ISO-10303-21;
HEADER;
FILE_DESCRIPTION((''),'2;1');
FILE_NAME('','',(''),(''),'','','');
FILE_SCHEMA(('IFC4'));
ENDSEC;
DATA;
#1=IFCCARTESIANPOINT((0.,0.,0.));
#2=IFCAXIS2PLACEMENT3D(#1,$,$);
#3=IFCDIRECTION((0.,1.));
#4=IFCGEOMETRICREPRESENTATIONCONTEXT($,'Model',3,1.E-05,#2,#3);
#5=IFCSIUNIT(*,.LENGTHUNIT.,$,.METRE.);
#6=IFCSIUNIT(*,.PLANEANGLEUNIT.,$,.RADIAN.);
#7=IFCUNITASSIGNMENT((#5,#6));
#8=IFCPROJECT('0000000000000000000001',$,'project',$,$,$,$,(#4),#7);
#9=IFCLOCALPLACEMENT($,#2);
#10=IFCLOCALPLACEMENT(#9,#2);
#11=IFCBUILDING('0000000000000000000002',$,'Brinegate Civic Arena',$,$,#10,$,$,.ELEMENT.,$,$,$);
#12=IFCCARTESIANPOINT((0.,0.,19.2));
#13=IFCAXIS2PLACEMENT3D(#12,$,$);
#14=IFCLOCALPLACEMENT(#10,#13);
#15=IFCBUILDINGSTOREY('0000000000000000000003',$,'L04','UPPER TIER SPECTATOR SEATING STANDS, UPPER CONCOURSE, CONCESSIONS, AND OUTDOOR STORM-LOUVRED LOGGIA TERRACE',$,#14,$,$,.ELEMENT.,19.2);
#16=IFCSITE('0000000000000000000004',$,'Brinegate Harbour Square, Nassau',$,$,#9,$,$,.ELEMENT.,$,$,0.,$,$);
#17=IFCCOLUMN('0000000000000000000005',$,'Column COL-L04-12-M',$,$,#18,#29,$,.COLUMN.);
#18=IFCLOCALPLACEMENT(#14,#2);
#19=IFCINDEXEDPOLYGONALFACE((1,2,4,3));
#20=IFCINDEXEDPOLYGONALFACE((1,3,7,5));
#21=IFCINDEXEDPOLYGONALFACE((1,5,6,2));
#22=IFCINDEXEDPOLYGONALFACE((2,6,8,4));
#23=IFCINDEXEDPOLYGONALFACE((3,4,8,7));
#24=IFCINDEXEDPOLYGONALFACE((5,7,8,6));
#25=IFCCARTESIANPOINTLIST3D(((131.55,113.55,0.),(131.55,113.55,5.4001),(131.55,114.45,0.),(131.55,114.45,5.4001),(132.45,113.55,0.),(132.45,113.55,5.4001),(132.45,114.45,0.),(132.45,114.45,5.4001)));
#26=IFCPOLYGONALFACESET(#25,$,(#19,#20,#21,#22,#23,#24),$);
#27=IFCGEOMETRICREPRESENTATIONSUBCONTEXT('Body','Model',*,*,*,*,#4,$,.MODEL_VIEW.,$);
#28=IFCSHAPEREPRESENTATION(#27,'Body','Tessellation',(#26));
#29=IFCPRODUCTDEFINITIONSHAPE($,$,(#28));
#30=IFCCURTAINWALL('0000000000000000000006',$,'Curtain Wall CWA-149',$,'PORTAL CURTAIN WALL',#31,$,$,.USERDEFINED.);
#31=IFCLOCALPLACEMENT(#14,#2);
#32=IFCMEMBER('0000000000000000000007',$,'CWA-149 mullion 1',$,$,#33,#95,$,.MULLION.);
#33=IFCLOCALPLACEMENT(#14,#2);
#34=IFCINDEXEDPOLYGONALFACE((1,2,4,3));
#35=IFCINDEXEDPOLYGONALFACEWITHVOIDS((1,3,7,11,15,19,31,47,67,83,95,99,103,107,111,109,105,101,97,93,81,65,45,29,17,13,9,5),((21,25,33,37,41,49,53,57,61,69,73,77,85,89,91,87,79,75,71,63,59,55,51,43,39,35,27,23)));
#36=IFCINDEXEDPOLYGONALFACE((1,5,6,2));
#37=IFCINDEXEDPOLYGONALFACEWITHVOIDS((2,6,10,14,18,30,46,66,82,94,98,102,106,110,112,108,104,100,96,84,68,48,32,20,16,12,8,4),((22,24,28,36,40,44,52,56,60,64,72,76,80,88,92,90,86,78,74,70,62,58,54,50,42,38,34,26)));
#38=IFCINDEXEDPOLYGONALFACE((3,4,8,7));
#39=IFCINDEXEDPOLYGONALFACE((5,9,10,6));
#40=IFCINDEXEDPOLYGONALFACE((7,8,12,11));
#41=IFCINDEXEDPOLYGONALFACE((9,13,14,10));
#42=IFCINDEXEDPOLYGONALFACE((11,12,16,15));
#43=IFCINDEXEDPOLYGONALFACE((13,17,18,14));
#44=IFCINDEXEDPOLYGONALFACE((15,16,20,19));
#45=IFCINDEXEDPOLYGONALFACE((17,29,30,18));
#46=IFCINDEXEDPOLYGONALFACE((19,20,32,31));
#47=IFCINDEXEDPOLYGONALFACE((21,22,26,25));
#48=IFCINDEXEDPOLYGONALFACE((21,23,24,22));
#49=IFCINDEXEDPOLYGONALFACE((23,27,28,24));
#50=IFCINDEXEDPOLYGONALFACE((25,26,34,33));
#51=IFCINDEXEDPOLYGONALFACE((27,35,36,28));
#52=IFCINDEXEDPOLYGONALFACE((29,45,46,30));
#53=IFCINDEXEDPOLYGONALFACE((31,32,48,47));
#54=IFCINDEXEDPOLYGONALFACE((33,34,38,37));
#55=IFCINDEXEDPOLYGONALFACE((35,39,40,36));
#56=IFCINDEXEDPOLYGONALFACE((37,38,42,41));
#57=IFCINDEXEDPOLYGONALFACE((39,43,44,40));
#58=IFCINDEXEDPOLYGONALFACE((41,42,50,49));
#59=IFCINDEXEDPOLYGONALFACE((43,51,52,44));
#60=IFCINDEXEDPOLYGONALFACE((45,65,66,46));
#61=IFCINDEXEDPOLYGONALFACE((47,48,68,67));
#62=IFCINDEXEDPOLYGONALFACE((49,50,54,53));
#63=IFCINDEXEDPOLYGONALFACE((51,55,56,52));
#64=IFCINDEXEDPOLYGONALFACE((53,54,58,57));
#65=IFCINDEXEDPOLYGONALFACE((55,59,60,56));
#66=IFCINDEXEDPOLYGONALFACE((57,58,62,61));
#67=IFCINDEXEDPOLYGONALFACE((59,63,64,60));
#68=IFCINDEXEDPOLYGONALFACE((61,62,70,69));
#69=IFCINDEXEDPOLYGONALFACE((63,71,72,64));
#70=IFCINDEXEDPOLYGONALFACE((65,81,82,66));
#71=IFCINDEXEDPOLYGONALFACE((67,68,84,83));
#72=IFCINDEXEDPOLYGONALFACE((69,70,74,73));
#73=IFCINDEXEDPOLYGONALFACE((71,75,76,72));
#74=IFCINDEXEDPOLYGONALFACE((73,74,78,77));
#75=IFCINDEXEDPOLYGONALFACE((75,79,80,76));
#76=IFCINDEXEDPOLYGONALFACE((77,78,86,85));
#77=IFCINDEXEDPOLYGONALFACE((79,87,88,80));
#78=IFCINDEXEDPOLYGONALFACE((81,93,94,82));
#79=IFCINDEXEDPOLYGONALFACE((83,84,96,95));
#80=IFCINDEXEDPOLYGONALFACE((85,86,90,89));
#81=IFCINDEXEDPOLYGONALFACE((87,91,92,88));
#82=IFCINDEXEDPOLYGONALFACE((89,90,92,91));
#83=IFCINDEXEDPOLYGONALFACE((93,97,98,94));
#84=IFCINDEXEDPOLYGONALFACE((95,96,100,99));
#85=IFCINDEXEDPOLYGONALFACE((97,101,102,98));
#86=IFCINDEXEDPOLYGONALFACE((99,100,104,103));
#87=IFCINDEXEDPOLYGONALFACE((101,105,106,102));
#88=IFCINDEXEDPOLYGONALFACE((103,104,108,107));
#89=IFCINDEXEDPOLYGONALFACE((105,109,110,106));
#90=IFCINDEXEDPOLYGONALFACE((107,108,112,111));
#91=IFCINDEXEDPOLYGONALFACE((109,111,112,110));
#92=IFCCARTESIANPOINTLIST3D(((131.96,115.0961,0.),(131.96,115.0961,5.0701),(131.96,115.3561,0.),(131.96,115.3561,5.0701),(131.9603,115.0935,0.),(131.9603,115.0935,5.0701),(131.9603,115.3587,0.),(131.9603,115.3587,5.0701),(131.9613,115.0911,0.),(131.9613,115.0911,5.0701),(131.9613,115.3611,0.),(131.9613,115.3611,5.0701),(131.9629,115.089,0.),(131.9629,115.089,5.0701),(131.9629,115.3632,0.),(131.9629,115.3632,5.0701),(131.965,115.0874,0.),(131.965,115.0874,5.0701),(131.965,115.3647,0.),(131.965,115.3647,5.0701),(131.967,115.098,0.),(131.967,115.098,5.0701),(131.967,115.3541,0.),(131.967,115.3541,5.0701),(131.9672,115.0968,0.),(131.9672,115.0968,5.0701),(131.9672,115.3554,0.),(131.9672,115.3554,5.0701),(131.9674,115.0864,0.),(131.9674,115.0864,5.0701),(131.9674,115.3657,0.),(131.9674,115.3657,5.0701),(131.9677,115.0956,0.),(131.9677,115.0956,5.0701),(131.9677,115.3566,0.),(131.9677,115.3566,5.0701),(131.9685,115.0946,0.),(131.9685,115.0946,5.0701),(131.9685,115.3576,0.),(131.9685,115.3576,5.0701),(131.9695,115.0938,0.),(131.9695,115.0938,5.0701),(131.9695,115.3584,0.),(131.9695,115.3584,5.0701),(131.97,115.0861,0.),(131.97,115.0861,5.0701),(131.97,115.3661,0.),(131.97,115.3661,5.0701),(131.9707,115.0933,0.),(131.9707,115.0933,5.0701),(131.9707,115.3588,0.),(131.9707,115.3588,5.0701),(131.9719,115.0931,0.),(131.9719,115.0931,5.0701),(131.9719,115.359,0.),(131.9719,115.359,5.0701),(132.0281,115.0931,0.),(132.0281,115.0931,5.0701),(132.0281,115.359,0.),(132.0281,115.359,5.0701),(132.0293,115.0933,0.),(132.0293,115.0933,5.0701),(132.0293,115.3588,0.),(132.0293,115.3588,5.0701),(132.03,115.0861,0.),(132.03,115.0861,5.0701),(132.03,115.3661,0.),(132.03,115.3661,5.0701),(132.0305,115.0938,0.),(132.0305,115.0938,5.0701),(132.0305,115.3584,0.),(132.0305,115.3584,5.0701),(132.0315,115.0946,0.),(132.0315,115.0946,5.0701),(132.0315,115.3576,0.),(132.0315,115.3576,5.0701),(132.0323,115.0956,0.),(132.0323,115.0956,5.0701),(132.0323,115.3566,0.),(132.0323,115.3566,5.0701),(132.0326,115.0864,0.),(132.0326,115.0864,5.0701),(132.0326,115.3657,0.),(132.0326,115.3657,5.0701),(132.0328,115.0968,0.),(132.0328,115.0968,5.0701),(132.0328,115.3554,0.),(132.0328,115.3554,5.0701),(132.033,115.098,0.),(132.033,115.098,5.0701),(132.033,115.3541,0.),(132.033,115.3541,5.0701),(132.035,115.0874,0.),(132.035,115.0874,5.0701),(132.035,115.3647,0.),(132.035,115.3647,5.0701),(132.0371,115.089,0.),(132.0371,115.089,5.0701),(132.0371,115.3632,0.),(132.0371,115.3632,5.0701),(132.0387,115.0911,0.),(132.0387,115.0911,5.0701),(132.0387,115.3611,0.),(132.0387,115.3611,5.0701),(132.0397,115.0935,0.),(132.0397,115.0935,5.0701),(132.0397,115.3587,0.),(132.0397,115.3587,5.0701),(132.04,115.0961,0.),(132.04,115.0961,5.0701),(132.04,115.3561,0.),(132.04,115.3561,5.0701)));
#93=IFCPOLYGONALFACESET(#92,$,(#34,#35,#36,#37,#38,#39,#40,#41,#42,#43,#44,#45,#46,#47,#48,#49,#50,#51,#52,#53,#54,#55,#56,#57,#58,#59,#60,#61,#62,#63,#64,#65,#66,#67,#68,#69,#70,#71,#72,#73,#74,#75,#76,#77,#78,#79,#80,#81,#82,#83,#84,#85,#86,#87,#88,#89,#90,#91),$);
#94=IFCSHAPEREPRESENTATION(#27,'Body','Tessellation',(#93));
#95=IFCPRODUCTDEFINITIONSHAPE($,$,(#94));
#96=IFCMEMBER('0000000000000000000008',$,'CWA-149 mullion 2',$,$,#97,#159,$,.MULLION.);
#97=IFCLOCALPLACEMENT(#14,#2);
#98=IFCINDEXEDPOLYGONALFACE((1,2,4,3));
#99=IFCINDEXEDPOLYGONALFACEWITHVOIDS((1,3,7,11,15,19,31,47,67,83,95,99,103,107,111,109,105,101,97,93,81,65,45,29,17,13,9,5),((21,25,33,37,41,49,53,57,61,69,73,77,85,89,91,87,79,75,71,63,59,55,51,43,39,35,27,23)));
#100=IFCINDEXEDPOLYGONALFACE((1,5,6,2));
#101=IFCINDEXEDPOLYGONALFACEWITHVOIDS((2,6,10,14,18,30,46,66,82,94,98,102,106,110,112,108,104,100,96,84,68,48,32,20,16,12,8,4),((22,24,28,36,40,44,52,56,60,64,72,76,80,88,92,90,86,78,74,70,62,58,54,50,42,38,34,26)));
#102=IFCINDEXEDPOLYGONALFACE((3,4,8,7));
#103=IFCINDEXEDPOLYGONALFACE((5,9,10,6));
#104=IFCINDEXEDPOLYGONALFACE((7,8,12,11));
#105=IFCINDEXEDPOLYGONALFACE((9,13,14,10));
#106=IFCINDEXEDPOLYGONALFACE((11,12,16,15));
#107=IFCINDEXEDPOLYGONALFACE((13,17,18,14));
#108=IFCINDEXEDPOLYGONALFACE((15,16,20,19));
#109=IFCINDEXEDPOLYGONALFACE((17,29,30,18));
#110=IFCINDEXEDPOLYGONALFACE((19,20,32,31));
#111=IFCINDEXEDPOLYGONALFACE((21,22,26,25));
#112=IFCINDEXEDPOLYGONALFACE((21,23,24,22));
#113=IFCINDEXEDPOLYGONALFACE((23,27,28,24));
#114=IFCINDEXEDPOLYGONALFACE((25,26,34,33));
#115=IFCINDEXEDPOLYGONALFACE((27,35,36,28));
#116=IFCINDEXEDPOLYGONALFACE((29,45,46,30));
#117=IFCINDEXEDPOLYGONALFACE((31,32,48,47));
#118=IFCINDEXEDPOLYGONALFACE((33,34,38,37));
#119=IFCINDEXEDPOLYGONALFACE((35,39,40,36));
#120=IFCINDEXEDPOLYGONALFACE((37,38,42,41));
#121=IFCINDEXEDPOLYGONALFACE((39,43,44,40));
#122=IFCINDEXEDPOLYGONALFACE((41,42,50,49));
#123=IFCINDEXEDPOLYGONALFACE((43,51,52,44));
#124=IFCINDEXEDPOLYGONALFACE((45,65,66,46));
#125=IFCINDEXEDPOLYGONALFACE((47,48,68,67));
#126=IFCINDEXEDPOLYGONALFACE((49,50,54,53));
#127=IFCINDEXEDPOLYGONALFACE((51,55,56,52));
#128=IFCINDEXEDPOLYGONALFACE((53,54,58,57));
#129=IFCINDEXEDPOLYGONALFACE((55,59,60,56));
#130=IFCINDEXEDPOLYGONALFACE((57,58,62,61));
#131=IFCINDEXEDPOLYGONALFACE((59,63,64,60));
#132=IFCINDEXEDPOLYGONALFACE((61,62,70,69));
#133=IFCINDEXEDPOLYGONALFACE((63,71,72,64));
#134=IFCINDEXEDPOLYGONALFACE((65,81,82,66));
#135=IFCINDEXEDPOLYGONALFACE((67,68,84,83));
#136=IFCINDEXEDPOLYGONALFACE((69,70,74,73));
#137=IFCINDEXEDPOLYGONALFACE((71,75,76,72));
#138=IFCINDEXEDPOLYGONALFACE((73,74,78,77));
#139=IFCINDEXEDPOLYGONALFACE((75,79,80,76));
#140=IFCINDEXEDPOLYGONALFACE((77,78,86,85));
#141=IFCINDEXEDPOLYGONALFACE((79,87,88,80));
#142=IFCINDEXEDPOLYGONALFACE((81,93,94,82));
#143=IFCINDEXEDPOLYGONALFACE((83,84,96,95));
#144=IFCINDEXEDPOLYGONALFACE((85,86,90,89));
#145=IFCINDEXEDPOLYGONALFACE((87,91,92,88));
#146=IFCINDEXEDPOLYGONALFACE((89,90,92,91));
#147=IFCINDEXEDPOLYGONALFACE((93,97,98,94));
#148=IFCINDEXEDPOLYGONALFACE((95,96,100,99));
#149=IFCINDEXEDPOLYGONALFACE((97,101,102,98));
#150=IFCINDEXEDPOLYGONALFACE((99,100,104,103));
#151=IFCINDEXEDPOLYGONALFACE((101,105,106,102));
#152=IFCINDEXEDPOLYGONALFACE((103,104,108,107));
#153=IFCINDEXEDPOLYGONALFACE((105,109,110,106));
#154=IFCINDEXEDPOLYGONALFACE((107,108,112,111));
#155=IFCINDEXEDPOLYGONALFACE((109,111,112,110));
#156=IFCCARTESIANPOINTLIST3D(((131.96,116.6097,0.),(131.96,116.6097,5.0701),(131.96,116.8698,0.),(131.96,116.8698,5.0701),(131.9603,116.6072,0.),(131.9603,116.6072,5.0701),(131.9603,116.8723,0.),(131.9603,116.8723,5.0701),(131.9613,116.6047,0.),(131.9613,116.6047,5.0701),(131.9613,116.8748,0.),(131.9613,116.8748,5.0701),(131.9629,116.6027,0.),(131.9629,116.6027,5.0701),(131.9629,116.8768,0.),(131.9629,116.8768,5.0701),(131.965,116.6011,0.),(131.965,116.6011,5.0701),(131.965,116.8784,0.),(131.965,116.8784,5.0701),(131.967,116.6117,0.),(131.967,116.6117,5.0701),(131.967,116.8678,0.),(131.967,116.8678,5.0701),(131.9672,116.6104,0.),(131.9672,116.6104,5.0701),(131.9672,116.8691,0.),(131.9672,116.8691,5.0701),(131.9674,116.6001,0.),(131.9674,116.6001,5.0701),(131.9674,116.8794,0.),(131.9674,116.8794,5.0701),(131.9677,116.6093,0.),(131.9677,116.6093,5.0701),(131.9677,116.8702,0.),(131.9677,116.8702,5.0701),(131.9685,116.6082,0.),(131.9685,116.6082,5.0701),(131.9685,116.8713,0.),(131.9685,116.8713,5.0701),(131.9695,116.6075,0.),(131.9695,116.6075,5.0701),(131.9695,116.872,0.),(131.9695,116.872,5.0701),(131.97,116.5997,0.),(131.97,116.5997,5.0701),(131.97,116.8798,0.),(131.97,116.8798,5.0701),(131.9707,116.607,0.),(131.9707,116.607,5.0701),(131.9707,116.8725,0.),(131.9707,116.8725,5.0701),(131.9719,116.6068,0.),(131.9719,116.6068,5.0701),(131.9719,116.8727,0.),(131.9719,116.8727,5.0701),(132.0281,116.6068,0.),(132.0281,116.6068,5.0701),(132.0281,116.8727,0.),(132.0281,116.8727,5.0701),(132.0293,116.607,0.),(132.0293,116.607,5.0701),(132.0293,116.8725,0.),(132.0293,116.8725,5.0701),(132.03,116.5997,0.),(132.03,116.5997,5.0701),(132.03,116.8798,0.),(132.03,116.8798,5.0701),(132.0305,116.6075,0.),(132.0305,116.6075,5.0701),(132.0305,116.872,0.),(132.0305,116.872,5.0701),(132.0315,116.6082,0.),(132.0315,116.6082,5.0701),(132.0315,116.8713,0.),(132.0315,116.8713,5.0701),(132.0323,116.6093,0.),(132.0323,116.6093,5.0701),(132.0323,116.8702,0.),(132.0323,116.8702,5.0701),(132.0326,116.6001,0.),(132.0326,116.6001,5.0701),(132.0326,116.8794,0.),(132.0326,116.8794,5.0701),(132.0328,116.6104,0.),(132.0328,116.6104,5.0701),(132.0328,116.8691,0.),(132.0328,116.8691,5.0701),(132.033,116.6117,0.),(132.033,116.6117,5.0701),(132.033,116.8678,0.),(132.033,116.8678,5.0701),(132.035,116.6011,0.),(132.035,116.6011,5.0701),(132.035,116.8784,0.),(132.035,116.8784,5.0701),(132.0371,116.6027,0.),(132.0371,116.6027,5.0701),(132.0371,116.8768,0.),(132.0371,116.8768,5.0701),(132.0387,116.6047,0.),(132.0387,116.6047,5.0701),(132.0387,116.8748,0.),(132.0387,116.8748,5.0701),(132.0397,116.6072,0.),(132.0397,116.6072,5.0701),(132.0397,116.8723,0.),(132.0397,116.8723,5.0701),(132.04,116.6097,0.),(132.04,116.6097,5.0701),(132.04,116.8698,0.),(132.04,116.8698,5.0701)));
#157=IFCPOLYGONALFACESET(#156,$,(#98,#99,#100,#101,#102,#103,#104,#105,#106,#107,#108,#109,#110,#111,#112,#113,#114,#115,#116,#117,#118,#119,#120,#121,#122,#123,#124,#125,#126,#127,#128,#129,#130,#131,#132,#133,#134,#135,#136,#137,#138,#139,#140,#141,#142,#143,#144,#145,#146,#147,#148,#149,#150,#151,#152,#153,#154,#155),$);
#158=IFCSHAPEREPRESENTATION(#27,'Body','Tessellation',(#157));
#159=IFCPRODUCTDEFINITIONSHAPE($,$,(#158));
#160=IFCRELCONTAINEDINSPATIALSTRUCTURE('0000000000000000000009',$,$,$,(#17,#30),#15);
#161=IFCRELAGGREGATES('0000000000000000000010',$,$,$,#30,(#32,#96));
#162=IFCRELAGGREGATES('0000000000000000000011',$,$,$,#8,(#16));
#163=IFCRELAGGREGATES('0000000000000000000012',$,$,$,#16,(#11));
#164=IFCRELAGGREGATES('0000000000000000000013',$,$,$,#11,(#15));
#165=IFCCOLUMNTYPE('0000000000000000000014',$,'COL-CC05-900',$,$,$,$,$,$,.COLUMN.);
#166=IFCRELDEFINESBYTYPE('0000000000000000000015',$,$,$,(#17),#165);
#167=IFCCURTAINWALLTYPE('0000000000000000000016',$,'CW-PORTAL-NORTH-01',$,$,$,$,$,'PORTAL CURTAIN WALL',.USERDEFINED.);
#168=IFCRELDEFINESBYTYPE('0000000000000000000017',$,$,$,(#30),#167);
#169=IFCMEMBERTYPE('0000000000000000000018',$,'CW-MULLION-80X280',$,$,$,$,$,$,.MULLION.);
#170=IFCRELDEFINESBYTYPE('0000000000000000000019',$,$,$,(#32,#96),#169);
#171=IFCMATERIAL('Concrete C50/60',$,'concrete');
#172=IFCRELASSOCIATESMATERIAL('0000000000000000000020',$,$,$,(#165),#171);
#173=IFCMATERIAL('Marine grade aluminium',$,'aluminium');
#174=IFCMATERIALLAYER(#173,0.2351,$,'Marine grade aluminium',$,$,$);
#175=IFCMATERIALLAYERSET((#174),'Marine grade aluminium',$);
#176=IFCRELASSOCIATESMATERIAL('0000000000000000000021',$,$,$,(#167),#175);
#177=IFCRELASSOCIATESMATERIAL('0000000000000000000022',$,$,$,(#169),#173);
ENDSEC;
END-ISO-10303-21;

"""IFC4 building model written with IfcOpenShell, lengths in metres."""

from ifc_helpers import new_model, si_unit, direction, frame, origin, origin_2d, place, context, subcontext, project, spatial, rectangle, hollow_rectangle, extrude, material, layer, layer_set, material_profile, profile_set, type_object, element, aggregate, save


model = new_model("IFC4")

# Units and contexts
model_context = context("Model", 3, precision=1e-05, world=origin(), true_north=direction((0.0, 1.0)))
body_context = subcontext(model_context, "Body", "Model", "MODEL_VIEW")
ifc_project = project(units=[si_unit("LENGTHUNIT", "METRE"), si_unit("PLANEANGLEUNIT", "RADIAN")], contexts=[model_context])

# Site, building, storey
site_placement = place(None, origin())
site = spatial("IfcSite", under=ifc_project, at=site_placement, Name="Brinegate Harbour Square, Nassau", CompositionType="ELEMENT", RefElevation=0.0)
building_placement = place(site_placement, origin())
building = spatial("IfcBuilding", under=site, at=building_placement, Name="Brinegate Civic Arena", CompositionType="ELEMENT")
storey_placement = place(building_placement, frame((0.0, 0.0, 19.2)))
storey = spatial("IfcBuildingStorey", under=building, at=storey_placement, Name="L04", Description="UPPER TIER SPECTATOR SEATING STANDS, UPPER CONCOURSE, CONCESSIONS, AND OUTDOOR STORM-LOUVRED LOGGIA TERRACE", CompositionType="ELEMENT", Elevation=19.2)

# Column
ifc_material_1 = material(Name="Concrete C50/60", Category="concrete")
ifc_material_profile_1 = material_profile(ifc_material_1, rectangle(XDim=0.8999, YDim=0.8999, at=origin_2d()), Name="RC900X900")
ifc_profile_set_1 = profile_set([ifc_material_profile_1], Name="Concrete C50/60")
column_type = type_object("IfcColumnType", Name="COL-CC05-900", PredefinedType="COLUMN", material=ifc_profile_set_1)
column_placement = place(storey_placement, frame((132.0, 114.0, 0.0), z_axis=(0.0, 0.0, 1.0), x_axis=(1.0, 0.0, 0.0)))
element("IfcColumn", 1, at=column_placement, inside=storey, type_object=column_type, Name="Column COL-L04-12-M", PredefinedType="COLUMN", context=body_context, shape_type="SweptSolid", body=[
    extrude(rectangle(XDim=0.8999, YDim=0.8999, at=origin_2d()), origin(), (0.0, 0.0, 1.0), 5.4001),
])

# Curtain wall, members
ifc_material_2 = material(Name="Marine grade aluminium", Category="aluminium")
ifc_layer_1 = layer(ifc_material_2, 0.2351, Name="Marine grade aluminium")
ifc_layer_set_1 = layer_set([ifc_layer_1], Name="Marine grade aluminium")
curtain_wall_type = type_object("IfcCurtainWallType", Name="CW-PORTAL-NORTH-01", ElementType="PORTAL CURTAIN WALL", PredefinedType="USERDEFINED", material=ifc_layer_set_1)
curtain_wall_placement = place(storey_placement, origin())
curtain_wall = element("IfcCurtainWall", 2, at=curtain_wall_placement, inside=storey, type_object=curtain_wall_type, Name="Curtain Wall CWA-149", ObjectType="PORTAL CURTAIN WALL", PredefinedType="USERDEFINED")
ifc_material_profile_2 = material_profile(ifc_material_2, hollow_rectangle(XDim=0.0801, YDim=0.28, WallThickness=0.0071, InnerFilletRadius=0.0049, OuterFilletRadius=0.01, at=origin_2d()), Name="MUL80X280")
ifc_profile_set_2 = profile_set([ifc_material_profile_2], Name="Marine grade aluminium")
member_type_1 = type_object("IfcMemberType", Name="CW-MULLION-80X280", PredefinedType="MULLION", material=ifc_profile_set_2)
member_1_placement = place(storey_placement, frame((132.0, 115.2261, 0.0), z_axis=(0.0, 0.0, 1.0), x_axis=(-1.0, 0.0, 0.0)))
member_1 = element("IfcMember", 3, at=member_1_placement, type_object=member_type_1, Name="CWA-149 mullion 1", PredefinedType="MULLION", context=body_context, shape_type="SweptSolid", body=[
    extrude(hollow_rectangle(XDim=0.0801, YDim=0.28, WallThickness=0.0071, InnerFilletRadius=0.0049, OuterFilletRadius=0.01, at=origin_2d()), origin(), (0.0, 0.0, 1.0), 5.0701),
])
member_2_placement = place(storey_placement, frame((132.0, 116.7397, 0.0), z_axis=(0.0, 0.0, 1.0), x_axis=(-1.0, 0.0, 0.0)))
member_2 = element("IfcMember", 4, at=member_2_placement, type_object=member_type_1, Name="CWA-149 mullion 2", PredefinedType="MULLION", context=body_context, shape_type="SweptSolid", body=[
    extrude(hollow_rectangle(XDim=0.0801, YDim=0.28, WallThickness=0.0071, InnerFilletRadius=0.0049, OuterFilletRadius=0.01, at=origin_2d()), origin(), (0.0, 0.0, 1.0), 5.0701),
])

aggregate(curtain_wall, [member_1, member_2])

save(model, "model.ifc")
